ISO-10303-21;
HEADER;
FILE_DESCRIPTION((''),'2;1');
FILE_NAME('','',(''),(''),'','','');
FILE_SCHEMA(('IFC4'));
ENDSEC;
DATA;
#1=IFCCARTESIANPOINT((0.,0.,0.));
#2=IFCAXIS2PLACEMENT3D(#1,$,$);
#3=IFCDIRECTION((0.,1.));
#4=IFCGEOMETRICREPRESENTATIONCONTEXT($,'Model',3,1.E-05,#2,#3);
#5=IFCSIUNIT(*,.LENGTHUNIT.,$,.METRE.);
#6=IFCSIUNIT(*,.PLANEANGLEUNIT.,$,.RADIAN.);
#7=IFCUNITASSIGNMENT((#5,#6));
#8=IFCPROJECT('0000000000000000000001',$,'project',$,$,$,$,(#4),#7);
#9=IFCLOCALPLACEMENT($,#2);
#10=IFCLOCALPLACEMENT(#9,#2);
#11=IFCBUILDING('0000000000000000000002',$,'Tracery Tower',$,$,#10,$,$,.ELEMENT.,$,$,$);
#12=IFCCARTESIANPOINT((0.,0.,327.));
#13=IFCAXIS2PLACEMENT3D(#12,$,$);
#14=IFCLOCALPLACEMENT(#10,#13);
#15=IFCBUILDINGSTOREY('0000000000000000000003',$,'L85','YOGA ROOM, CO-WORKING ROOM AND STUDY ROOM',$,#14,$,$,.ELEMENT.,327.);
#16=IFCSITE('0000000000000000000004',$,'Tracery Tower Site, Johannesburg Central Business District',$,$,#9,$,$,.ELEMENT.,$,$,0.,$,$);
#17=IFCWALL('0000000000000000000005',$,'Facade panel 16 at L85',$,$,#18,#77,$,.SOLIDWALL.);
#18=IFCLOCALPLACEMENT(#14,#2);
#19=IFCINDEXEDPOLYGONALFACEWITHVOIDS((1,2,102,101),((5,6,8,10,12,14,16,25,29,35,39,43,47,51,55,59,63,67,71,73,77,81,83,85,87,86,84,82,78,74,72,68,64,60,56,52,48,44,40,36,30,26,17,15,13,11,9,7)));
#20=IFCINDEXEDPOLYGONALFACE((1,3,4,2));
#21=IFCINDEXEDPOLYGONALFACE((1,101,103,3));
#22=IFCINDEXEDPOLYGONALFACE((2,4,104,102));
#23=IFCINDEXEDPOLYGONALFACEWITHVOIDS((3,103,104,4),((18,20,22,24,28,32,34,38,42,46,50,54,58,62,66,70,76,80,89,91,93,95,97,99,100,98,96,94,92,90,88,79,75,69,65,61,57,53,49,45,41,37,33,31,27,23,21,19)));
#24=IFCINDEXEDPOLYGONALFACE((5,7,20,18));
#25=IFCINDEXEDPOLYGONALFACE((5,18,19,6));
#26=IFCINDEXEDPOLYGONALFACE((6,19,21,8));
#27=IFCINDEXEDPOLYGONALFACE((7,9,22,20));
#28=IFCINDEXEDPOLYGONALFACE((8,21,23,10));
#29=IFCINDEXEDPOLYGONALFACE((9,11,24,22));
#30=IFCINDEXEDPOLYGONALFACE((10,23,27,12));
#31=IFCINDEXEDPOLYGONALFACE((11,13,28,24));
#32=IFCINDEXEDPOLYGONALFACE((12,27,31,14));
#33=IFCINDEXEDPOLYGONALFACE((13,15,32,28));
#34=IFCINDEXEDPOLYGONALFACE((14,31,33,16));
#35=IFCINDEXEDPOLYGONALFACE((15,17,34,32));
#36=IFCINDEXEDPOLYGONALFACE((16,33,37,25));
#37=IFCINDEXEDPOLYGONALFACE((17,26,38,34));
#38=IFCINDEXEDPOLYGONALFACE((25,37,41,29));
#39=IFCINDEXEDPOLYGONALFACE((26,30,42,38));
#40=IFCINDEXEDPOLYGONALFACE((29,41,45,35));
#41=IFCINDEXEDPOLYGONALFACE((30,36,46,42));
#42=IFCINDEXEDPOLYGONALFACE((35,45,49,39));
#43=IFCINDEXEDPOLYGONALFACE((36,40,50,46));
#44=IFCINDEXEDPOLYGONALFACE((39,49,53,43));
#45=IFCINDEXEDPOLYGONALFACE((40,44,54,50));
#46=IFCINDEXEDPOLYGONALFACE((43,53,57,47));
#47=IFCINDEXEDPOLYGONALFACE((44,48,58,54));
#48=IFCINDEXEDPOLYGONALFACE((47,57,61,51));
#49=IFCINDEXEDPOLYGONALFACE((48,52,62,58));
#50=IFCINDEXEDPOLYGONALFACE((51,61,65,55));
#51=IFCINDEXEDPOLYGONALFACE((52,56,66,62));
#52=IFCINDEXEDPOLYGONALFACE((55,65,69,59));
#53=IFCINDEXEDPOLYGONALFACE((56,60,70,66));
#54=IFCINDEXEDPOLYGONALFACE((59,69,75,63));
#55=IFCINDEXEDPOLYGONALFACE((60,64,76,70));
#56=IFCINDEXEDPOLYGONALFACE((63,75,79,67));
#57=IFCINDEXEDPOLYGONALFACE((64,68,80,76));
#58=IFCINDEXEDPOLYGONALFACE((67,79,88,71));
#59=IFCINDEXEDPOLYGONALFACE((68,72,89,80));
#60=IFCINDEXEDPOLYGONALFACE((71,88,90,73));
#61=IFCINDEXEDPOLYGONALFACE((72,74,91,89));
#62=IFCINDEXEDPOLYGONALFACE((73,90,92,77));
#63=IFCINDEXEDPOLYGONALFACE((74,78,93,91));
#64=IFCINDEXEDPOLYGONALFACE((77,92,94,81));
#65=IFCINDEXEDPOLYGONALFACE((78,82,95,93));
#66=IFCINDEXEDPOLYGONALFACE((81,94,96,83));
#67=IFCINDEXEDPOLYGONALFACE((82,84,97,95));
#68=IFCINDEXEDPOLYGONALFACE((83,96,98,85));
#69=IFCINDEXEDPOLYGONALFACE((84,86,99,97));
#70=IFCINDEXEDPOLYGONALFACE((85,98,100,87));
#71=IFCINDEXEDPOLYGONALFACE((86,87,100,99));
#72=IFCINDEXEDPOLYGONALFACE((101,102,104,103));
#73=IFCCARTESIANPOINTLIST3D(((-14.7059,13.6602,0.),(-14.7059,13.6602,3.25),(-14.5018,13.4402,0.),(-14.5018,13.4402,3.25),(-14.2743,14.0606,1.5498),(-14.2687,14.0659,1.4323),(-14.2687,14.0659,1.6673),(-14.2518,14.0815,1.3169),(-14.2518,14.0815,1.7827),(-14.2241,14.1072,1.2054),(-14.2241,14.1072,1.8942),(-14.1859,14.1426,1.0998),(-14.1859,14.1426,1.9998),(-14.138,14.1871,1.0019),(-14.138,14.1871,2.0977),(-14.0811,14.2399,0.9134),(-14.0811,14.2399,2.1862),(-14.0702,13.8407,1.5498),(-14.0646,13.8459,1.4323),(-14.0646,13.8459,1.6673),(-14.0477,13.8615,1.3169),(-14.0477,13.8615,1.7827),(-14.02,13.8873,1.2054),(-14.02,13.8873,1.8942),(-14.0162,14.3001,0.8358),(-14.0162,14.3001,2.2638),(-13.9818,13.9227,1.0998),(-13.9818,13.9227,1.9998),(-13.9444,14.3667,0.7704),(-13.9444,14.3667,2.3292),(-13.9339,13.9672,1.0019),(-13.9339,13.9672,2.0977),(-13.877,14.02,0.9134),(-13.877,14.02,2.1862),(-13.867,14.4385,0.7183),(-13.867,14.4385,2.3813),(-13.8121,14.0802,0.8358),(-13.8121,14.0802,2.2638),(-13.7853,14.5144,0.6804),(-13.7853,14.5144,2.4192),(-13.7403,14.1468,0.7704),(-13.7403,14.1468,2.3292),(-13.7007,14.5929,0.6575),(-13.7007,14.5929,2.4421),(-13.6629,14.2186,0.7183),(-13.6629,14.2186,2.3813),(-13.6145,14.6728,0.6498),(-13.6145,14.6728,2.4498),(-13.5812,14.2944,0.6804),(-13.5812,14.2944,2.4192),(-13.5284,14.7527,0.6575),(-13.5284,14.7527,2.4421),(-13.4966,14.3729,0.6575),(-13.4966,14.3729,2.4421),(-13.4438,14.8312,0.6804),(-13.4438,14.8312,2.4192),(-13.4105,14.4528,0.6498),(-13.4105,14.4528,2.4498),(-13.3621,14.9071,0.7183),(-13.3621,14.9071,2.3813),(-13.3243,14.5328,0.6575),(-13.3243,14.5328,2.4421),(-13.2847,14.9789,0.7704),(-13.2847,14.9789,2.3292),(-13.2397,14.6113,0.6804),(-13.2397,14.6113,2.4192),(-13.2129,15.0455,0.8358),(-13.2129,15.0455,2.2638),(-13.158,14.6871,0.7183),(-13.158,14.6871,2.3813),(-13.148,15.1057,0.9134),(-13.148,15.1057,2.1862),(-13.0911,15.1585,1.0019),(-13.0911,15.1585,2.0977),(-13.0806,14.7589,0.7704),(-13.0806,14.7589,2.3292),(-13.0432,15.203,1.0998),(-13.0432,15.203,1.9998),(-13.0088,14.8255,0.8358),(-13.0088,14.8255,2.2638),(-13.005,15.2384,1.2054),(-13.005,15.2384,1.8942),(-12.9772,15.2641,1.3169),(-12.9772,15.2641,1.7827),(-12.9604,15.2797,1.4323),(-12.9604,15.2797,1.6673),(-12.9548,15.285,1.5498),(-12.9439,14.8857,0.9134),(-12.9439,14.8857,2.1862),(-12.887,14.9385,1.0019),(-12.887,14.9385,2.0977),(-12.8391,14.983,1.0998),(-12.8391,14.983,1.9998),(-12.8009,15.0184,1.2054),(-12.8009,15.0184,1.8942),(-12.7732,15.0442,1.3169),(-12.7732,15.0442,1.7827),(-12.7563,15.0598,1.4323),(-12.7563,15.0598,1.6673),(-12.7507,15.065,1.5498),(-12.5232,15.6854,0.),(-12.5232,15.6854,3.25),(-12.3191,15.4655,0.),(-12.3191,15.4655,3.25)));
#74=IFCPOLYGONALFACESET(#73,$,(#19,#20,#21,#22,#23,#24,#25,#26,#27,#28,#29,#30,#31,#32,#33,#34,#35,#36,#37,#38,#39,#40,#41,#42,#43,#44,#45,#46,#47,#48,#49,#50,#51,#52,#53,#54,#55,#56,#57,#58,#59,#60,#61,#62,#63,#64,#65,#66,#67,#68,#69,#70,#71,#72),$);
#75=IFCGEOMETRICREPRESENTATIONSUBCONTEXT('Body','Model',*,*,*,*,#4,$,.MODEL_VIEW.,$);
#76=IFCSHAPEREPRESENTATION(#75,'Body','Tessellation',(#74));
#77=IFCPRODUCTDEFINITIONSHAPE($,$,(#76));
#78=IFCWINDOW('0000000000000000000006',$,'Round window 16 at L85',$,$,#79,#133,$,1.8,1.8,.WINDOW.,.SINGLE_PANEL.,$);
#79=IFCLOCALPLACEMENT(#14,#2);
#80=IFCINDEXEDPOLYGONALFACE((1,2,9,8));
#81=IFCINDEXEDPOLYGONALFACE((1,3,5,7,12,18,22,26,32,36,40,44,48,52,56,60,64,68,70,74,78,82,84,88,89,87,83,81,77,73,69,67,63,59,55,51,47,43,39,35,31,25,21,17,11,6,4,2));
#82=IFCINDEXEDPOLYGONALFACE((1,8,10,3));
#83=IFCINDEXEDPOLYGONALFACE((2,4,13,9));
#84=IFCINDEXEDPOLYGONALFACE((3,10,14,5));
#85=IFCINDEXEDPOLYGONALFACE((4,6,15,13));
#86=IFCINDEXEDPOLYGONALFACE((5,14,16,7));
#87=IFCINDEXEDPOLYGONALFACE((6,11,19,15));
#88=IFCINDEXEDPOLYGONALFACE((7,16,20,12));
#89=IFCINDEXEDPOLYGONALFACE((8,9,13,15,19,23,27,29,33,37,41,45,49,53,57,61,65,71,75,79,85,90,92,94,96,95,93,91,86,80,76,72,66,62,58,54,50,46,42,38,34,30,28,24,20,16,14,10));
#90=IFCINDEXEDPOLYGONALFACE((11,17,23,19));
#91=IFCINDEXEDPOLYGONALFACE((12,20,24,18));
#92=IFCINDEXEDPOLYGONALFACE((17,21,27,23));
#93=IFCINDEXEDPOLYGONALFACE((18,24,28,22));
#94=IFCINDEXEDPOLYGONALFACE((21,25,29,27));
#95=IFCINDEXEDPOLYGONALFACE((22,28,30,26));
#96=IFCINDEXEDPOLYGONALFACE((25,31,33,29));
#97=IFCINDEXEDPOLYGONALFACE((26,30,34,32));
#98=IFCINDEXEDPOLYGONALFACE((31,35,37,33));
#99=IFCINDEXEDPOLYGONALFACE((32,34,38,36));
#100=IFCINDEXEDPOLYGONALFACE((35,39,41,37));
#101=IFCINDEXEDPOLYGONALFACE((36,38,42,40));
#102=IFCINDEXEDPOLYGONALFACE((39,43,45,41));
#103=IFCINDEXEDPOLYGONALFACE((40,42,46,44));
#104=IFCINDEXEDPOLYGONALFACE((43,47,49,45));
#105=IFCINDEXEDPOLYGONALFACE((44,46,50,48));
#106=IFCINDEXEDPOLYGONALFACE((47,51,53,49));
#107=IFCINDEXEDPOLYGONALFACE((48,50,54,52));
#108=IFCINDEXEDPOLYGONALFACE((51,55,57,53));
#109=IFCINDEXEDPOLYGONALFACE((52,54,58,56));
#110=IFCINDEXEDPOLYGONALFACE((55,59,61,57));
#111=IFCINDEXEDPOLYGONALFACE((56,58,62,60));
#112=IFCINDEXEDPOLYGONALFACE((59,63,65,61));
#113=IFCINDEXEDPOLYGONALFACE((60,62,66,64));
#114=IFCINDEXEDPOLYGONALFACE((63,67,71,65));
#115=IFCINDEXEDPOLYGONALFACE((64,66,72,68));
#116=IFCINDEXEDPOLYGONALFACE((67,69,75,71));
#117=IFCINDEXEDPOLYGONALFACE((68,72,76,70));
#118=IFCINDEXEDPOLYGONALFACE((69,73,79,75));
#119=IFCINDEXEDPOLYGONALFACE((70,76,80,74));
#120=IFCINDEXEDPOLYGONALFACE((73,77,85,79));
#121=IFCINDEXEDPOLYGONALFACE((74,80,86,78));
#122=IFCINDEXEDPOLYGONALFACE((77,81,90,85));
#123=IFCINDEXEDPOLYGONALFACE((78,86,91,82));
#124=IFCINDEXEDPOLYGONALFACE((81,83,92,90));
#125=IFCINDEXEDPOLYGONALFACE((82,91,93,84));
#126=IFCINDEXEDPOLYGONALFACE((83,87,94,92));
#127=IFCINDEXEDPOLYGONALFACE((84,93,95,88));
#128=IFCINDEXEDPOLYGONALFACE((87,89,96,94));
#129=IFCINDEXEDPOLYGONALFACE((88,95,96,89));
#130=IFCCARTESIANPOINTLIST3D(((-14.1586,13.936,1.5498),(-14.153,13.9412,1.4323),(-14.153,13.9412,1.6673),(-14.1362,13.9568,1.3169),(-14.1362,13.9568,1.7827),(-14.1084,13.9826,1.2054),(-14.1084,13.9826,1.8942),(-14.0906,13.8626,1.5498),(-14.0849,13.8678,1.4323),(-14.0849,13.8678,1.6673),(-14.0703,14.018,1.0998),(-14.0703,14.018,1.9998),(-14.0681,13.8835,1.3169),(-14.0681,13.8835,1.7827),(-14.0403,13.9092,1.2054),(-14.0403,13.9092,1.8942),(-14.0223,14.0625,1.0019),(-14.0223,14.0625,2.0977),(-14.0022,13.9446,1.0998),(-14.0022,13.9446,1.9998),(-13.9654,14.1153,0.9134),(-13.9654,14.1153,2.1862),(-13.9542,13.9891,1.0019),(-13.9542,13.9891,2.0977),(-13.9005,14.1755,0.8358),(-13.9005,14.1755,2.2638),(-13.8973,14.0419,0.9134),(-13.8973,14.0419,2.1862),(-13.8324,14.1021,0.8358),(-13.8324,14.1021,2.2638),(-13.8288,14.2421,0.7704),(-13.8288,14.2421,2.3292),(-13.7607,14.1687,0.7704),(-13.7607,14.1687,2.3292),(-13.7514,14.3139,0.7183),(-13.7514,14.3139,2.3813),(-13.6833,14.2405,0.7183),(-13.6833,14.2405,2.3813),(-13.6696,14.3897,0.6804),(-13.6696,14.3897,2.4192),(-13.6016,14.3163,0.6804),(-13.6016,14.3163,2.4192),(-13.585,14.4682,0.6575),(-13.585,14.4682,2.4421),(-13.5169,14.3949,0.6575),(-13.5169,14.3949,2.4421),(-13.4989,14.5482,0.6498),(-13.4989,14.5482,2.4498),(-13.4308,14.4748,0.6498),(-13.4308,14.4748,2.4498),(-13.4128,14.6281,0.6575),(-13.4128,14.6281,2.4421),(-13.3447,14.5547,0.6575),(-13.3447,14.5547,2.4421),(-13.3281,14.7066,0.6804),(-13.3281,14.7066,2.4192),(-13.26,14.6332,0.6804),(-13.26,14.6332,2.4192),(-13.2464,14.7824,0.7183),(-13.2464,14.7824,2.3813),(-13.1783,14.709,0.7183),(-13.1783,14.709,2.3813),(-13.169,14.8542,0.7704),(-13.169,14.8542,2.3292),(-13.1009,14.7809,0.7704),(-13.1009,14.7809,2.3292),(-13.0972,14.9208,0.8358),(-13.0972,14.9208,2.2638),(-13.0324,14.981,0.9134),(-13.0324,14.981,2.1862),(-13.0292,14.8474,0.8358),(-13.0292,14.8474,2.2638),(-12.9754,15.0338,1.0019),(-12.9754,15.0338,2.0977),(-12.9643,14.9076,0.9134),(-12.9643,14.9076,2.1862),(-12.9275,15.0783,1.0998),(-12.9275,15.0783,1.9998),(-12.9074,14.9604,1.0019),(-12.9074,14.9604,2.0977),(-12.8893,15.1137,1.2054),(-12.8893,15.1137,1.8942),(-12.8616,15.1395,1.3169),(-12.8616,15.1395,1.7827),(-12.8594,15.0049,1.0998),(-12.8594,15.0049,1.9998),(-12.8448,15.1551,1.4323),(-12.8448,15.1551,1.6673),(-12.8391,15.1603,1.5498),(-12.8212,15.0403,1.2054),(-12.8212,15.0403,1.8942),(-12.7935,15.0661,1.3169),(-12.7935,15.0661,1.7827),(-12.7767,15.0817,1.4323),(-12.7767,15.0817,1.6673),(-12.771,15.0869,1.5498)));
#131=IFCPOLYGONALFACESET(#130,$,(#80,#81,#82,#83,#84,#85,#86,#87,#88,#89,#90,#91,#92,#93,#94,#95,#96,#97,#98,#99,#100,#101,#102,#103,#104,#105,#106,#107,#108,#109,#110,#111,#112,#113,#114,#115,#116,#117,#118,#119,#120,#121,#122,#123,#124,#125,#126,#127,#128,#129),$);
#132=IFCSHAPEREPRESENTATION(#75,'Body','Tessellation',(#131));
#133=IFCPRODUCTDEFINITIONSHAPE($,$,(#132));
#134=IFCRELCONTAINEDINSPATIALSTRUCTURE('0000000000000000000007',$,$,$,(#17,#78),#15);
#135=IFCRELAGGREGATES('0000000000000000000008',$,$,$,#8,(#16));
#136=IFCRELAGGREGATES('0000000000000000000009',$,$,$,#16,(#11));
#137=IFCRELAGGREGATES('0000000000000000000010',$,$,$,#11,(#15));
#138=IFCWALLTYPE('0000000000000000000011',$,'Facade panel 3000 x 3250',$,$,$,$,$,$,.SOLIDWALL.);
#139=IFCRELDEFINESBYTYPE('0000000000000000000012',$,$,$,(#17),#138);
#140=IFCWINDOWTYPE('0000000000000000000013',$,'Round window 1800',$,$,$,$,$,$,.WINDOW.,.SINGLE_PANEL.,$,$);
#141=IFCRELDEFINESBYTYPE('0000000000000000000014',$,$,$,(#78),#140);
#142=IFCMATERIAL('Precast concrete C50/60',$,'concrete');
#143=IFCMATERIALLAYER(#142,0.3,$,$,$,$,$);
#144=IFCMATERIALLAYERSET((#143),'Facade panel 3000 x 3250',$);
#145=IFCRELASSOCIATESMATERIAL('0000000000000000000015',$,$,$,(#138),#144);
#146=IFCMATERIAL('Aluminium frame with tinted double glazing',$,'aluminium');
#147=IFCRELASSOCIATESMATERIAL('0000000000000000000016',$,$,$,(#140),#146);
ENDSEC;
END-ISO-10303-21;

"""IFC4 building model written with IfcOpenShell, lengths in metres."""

from ifc_helpers import new_model, si_unit, direction, frame, frame_2d, origin, origin_2d, place, context, subcontext, project, spatial, rectangle, circle, extrude, material, layer, layer_set, type_object, element, fill, save


model = new_model("IFC4")

# Units and contexts
model_context = context("Model", 3, precision=1e-05, world=origin(), true_north=direction((0.0, 1.0)))
body_context = subcontext(model_context, "Body", "Model", "MODEL_VIEW")
ifc_project = project(units=[si_unit("LENGTHUNIT", "METRE"), si_unit("PLANEANGLEUNIT", "RADIAN")], contexts=[model_context])

# Site, building, storey
site_placement = place(None, origin())
site = spatial("IfcSite", under=ifc_project, at=site_placement, Name="Tracery Tower Site, Johannesburg Central Business District", CompositionType="ELEMENT", RefElevation=0.0)
building_placement = place(site_placement, origin())
building = spatial("IfcBuilding", under=site, at=building_placement, Name="Tracery Tower", CompositionType="ELEMENT")
storey_placement = place(building_placement, frame((0.0, 0.0, 327.0)))
storey = spatial("IfcBuildingStorey", under=building, at=storey_placement, Name="L85", Description="YOGA ROOM, CO-WORKING ROOM AND STUDY ROOM", CompositionType="ELEMENT", Elevation=327.0)

# Wall, opening, window
ifc_material_1 = material(Name="Precast concrete C50/60", Category="concrete")
ifc_layer_1 = layer(ifc_material_1, 0.3)
ifc_layer_set_1 = layer_set([ifc_layer_1], Name="Facade panel 3000 x 3250")
wall_type_1 = type_object("IfcWallType", Name="Facade panel 3000 x 3250", PredefinedType="SOLIDWALL", material=ifc_layer_set_1)
ifc_material_2 = material(Name="Aluminium frame with tinted double glazing", Category="aluminium")
window_type = type_object("IfcWindowType", Name="Round window 1800", PartitioningType="SINGLE_PANEL", PredefinedType="WINDOW", material=ifc_material_2)
wall_1_placement = place(storey_placement, frame((-12.4211, 15.5754, 0.0), z_axis=(0.0, 0.0, 1.0), x_axis=(-0.733056, -0.680168, 0.0)))
wall_1 = element("IfcWall", 1, at=wall_1_placement, inside=storey, type_object=wall_type_1, Name="Facade panel 16 at L85", PredefinedType="SOLIDWALL", context=body_context, shape_type="SweptSolid", body=[
    extrude(rectangle(XDim=2.9775, YDim=0.3, at=frame_2d((1.4888, 0.0))), origin(), (0.0, 0.0, 1.0), 3.25),
])
opening_1_placement = place(wall_1_placement, frame((1.4888, 0.0, 1.5498)))
opening_1 = element("IfcOpeningElement", 2, at=opening_1_placement, cuts=wall_1, PredefinedType="OPENING", context=body_context, shape_type="SweptSolid", body=[
    extrude(circle(Radius=0.9, at=origin_2d()), frame((0.0, 0.1599, 0.0), z_axis=(0.0, -1.0, 0.0), x_axis=(1.0, 0.0, 0.0)), (0.0, 0.0, 1.0), 0.3201),
])
window_1_placement = place(opening_1_placement, origin())
window_1 = element("IfcWindow", 3, at=window_1_placement, inside=storey, type_object=window_type, Name="Round window 16 at L85", OverallHeight=1.8, OverallWidth=1.8, PartitioningType="SINGLE_PANEL", PredefinedType="WINDOW", context=body_context, shape_type="SweptSolid", body=[
    extrude(circle(Radius=0.9, at=origin_2d()), frame((0.0, 0.1201, 0.0), z_axis=(0.0, -1.0, 0.0), x_axis=(1.0, 0.0, 0.0)), (0.0, 0.0, 1.0), 0.1001),
])
fill(opening_1, window_1)

save(model, "model.ifc")
